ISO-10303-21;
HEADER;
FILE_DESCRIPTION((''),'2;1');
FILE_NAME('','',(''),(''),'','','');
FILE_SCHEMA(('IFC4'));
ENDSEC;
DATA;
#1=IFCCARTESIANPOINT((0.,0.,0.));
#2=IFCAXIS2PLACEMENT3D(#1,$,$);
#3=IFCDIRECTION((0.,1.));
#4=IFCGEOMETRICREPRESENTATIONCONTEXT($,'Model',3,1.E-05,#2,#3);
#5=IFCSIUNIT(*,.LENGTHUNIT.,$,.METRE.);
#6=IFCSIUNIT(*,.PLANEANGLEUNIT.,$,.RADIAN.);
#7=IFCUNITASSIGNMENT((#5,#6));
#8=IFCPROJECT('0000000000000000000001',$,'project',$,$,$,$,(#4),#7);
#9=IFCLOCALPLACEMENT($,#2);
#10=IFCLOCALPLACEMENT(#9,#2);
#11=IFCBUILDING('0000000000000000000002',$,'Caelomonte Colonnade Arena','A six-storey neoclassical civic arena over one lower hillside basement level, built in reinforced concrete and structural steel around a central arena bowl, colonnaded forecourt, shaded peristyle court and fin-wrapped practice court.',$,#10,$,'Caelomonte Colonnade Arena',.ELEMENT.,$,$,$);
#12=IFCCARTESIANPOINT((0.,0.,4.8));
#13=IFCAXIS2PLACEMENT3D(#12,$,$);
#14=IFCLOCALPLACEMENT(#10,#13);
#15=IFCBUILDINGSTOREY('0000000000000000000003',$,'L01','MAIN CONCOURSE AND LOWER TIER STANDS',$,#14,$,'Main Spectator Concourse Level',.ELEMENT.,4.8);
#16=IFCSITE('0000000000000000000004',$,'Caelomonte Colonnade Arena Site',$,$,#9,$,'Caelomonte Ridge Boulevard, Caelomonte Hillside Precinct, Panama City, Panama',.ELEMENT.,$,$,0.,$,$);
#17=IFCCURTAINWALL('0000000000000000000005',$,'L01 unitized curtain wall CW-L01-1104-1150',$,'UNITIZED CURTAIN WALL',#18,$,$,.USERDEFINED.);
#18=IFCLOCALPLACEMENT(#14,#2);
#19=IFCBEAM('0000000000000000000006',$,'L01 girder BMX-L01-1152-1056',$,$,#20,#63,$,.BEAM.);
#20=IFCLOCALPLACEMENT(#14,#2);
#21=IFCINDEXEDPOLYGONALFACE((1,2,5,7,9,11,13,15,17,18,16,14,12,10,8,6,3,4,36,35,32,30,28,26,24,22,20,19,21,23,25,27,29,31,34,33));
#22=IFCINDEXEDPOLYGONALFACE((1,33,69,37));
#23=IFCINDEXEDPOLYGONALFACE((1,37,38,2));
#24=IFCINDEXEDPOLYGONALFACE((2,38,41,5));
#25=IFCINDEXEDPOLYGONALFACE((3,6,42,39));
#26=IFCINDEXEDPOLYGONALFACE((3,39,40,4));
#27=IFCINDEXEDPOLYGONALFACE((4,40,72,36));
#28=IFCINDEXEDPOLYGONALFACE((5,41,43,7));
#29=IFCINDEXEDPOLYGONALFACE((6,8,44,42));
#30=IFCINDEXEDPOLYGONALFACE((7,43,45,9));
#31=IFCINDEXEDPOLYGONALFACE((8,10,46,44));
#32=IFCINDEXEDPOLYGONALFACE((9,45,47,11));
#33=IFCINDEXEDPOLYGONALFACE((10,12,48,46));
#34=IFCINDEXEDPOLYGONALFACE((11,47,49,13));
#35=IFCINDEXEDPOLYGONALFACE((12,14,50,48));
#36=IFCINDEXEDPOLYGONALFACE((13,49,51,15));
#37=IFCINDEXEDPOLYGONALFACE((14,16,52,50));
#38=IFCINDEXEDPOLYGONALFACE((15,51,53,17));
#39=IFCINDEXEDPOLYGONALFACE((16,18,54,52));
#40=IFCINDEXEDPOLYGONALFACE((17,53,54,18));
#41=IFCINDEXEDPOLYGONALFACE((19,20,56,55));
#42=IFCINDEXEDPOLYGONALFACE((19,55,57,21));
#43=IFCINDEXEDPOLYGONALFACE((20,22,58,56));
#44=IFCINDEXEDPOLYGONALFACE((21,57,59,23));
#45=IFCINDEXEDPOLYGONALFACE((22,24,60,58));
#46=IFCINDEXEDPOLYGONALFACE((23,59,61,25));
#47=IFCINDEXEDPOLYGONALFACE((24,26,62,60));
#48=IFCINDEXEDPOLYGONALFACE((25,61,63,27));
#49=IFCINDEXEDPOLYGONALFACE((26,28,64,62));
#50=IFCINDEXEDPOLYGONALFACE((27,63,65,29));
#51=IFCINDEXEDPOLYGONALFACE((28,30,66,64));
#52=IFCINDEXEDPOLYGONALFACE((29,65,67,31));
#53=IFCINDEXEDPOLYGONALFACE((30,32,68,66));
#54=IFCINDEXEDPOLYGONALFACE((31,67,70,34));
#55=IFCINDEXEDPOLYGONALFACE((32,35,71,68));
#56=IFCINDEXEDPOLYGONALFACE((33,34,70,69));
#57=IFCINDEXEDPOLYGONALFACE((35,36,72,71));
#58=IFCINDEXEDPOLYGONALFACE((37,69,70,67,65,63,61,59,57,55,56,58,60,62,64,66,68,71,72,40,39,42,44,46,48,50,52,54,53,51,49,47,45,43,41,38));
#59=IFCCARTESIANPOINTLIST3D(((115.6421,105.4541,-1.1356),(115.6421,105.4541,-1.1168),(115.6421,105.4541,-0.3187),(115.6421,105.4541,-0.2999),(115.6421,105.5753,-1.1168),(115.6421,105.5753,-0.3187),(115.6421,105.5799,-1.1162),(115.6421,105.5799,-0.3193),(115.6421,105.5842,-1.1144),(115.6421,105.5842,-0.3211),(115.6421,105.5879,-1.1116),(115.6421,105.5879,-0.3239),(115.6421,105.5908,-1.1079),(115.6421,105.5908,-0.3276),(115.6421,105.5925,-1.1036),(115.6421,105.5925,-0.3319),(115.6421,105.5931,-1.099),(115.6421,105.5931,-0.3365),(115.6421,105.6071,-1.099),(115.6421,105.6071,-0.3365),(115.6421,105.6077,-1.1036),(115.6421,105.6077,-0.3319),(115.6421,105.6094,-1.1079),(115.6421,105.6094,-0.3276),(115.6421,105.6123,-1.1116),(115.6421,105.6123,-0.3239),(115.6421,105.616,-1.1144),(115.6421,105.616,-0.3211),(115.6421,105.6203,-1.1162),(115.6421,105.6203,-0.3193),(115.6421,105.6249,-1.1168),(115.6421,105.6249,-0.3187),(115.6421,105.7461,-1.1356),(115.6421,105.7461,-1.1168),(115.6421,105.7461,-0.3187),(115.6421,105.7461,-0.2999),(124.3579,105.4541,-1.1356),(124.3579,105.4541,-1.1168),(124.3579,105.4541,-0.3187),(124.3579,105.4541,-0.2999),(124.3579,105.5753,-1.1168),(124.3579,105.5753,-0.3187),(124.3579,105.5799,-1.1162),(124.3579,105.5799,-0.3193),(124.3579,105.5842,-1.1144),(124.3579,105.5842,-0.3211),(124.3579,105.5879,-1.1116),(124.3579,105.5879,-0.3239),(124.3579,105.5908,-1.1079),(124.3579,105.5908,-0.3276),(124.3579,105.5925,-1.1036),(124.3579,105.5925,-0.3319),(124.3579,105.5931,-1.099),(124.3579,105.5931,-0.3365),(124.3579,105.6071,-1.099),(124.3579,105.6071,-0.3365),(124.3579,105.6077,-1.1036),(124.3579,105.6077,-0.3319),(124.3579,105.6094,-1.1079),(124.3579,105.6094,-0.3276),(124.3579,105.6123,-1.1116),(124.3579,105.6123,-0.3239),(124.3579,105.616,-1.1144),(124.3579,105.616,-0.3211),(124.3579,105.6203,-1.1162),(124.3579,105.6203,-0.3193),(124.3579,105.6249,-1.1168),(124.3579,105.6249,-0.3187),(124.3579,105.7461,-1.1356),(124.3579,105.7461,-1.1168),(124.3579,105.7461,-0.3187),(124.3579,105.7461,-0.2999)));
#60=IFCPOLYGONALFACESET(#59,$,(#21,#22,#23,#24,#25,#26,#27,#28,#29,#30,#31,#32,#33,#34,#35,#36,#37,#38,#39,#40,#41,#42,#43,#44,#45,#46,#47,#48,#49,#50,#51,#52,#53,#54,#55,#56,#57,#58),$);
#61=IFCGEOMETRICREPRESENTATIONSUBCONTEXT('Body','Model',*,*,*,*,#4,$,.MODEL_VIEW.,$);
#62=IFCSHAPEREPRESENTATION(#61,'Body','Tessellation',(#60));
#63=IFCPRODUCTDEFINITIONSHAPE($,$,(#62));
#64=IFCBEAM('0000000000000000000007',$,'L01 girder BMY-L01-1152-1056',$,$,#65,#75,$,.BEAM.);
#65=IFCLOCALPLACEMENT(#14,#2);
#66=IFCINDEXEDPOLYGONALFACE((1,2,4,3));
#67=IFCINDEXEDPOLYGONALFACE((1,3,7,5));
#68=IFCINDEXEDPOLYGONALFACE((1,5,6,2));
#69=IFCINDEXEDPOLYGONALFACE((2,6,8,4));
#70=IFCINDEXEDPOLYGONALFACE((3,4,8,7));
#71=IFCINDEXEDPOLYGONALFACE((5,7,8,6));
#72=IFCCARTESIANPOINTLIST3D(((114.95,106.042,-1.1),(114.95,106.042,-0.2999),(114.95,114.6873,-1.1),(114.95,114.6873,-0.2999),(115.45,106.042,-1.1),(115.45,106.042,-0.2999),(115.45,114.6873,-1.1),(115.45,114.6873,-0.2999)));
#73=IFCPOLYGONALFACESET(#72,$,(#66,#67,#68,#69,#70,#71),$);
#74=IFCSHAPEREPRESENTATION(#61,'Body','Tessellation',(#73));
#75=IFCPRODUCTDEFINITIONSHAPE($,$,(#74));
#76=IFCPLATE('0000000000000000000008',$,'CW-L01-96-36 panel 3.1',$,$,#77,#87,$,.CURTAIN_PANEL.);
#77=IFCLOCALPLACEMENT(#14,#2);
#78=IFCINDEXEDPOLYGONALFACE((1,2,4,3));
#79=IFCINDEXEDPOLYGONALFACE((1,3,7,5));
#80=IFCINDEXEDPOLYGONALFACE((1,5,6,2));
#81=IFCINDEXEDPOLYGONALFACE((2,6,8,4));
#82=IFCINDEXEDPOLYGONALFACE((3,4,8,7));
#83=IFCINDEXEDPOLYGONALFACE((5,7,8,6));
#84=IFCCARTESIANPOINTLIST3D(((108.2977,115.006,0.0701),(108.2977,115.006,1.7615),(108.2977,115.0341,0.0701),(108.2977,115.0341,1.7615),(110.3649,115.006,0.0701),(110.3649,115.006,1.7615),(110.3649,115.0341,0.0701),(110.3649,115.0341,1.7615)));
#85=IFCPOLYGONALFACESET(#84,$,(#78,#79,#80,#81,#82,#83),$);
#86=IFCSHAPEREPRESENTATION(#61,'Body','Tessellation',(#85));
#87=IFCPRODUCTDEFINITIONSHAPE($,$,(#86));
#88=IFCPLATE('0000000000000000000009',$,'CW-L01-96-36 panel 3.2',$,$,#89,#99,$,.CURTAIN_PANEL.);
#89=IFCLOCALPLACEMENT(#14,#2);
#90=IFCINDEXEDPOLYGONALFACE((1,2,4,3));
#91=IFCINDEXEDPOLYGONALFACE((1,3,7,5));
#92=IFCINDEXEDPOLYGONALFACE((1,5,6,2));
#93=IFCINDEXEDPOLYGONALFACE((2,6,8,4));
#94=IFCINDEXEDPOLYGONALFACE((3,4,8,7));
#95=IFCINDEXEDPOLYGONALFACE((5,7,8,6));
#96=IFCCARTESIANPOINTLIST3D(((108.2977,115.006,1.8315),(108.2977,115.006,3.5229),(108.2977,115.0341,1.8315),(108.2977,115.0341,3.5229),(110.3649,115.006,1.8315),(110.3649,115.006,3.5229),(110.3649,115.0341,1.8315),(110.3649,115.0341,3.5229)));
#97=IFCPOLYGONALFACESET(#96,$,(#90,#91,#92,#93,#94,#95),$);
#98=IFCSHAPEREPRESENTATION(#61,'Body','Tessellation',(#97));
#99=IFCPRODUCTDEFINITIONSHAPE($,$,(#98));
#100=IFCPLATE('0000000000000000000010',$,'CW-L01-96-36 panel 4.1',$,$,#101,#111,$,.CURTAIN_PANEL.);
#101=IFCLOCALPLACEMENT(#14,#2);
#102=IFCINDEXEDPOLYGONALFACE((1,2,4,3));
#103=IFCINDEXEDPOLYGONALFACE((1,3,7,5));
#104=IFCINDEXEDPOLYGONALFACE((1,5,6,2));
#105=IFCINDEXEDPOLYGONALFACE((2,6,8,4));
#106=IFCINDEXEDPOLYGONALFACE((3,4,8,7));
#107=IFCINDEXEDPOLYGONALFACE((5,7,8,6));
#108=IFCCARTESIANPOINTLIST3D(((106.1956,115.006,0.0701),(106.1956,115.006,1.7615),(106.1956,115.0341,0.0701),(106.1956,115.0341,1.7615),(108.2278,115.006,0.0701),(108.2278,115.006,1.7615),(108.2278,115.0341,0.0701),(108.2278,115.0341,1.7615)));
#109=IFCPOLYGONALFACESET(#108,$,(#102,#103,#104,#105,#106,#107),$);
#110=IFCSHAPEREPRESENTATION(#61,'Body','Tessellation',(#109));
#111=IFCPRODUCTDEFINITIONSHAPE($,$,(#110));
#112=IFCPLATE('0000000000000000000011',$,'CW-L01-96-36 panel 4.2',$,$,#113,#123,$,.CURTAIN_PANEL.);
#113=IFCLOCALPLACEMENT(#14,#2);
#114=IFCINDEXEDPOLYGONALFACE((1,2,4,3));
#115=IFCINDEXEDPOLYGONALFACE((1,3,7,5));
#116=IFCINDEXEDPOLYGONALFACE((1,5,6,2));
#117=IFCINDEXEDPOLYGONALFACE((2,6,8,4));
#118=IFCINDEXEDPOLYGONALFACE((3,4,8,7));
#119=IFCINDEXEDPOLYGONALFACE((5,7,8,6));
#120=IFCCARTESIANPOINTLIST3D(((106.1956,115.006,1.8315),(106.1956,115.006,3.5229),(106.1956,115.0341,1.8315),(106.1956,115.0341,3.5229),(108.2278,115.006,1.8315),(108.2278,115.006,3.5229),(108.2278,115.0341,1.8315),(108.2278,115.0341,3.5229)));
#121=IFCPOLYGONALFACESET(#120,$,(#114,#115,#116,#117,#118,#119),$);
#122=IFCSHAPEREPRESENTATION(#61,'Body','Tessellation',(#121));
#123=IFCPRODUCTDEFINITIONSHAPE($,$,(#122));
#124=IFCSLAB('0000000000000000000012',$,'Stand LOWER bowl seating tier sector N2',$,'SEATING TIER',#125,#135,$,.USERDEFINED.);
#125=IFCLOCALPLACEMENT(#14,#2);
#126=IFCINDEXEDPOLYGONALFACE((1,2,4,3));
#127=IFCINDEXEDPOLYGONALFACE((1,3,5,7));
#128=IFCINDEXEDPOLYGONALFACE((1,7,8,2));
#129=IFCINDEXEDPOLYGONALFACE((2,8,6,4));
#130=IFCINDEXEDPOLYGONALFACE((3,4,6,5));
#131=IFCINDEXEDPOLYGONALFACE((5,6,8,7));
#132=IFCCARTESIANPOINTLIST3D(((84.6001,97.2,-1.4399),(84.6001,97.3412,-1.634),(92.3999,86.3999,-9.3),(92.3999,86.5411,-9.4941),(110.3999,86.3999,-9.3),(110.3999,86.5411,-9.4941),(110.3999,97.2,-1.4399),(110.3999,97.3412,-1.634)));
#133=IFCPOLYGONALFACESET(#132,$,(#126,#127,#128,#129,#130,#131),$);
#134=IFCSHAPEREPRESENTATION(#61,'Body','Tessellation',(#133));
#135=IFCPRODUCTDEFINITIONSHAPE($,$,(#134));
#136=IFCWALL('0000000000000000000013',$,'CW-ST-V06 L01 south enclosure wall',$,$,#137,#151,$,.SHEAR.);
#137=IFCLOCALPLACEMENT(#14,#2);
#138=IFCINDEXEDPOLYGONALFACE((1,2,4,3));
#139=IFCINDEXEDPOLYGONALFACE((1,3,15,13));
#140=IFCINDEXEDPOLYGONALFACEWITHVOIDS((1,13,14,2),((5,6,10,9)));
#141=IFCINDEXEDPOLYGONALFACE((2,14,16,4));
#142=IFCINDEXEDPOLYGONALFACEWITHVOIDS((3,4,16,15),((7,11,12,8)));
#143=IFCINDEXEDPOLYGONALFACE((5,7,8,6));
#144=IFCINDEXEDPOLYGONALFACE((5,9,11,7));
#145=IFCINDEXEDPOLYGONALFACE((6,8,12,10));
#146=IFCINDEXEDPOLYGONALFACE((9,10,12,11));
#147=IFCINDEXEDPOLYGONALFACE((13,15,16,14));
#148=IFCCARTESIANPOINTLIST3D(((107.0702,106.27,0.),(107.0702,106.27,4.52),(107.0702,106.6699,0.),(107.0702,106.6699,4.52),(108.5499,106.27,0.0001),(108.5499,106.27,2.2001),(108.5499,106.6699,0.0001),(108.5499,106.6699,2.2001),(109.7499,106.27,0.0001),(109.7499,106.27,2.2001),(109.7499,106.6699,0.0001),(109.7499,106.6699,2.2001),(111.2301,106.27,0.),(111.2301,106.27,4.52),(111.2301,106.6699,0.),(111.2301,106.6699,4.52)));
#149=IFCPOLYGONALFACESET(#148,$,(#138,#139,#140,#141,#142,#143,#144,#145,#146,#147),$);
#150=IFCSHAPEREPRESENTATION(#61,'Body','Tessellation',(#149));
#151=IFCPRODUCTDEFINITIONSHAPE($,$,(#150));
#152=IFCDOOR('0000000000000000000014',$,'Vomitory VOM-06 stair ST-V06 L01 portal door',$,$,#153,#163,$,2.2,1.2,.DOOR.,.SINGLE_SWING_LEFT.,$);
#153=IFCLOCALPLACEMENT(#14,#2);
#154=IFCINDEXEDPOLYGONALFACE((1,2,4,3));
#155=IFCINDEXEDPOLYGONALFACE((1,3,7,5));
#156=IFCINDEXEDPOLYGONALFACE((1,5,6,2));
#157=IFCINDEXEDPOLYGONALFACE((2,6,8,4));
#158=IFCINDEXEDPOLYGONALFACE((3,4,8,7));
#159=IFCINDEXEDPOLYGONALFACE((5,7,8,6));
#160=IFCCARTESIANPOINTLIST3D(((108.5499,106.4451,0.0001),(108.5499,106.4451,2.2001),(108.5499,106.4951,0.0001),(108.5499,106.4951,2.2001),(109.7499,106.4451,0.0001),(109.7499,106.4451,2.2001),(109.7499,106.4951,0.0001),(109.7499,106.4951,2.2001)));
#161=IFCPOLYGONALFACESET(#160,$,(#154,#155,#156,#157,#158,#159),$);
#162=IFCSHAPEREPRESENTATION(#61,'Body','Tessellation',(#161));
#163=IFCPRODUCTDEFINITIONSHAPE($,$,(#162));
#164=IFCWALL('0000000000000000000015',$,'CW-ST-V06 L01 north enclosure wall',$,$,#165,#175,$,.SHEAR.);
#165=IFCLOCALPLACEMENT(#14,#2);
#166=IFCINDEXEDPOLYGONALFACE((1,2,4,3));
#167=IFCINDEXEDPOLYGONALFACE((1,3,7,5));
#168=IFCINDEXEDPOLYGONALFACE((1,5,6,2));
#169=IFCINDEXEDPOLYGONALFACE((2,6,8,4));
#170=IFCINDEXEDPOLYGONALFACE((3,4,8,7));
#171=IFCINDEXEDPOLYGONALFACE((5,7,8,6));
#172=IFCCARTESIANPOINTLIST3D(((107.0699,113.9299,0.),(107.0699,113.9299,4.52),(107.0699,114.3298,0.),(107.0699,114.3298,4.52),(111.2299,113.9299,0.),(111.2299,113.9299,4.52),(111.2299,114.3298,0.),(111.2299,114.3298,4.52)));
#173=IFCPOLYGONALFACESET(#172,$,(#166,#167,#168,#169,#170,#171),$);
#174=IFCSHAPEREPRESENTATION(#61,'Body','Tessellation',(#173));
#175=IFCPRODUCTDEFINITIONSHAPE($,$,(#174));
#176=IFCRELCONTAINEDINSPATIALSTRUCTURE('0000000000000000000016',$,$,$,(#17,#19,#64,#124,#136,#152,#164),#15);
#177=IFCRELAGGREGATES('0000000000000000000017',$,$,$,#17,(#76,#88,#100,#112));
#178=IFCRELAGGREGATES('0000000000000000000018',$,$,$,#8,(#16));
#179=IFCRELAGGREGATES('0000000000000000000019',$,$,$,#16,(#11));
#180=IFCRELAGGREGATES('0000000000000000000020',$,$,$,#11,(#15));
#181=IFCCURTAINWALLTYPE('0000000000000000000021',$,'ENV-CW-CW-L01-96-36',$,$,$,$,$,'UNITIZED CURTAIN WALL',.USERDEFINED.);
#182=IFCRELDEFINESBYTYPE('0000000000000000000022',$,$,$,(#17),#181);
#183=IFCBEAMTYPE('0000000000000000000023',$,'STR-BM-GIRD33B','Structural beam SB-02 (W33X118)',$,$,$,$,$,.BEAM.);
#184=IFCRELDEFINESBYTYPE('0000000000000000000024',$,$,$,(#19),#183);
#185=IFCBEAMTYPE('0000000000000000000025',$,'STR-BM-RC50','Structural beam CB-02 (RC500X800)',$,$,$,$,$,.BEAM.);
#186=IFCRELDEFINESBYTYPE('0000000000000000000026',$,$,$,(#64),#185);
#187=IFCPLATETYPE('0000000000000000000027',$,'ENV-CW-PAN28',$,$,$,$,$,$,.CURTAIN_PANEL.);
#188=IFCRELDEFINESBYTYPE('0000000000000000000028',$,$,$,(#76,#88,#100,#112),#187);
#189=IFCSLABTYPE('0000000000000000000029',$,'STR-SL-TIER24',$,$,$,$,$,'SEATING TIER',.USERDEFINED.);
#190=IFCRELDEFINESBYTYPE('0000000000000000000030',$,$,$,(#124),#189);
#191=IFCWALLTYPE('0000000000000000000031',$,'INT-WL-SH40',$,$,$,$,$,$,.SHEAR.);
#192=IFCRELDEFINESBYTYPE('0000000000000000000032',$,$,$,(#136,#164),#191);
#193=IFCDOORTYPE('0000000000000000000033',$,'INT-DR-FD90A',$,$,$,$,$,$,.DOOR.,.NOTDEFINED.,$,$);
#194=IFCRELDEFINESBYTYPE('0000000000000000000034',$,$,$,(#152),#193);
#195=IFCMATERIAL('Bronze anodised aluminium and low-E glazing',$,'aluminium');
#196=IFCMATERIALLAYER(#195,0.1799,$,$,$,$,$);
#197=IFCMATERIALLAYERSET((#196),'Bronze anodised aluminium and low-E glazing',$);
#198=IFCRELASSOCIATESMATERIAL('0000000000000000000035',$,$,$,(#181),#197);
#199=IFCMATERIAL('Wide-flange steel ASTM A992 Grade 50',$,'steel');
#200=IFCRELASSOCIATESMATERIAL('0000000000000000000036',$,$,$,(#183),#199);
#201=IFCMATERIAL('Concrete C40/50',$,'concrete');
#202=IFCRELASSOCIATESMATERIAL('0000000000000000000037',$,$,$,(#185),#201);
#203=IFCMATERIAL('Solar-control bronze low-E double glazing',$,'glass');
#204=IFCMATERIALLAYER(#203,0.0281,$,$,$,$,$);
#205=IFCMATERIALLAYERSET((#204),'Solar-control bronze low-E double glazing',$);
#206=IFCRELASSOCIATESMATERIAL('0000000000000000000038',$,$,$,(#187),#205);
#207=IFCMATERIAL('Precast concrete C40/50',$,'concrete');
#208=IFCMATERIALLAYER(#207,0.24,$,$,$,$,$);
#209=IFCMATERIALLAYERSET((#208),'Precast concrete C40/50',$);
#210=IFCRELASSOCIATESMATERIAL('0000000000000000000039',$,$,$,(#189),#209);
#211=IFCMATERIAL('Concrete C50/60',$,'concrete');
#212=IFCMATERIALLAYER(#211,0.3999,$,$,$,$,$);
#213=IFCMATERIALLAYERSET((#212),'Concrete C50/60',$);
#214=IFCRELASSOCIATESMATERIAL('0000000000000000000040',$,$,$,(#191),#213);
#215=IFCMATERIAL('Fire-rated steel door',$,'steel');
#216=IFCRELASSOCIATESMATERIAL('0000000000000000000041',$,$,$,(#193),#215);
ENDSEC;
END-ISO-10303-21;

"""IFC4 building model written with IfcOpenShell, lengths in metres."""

from ifc_helpers import new_model, si_unit, direction, frame, frame_2d, origin, origin_2d, place, context, subcontext, project, spatial, polyline, rectangle, i_section, outline, extrude, material, layer, layer_set, material_profile, profile_set, type_object, element, fill, aggregate, save


model = new_model("IFC4")

# Units and contexts
model_context = context("Model", 3, precision=1e-05, world=origin(), true_north=direction((0.0, 1.0)))
body_context = subcontext(model_context, "Body", "Model", "MODEL_VIEW")
ifc_project = project(units=[si_unit("LENGTHUNIT", "METRE"), si_unit("PLANEANGLEUNIT", "RADIAN")], contexts=[model_context])

# Site, building, storey
site_placement = place(None, origin())
site = spatial("IfcSite", under=ifc_project, at=site_placement, Name="Caelomonte Colonnade Arena Site", LongName="Caelomonte Ridge Boulevard, Caelomonte Hillside Precinct, Panama City, Panama", CompositionType="ELEMENT", RefElevation=0.0)
building_placement = place(site_placement, origin())
building = spatial("IfcBuilding", under=site, at=building_placement, Name="Caelomonte Colonnade Arena", Description="A six-storey neoclassical civic arena over one lower hillside basement level, built in reinforced concrete and structural steel around a central arena bowl, colonnaded forecourt, shaded peristyle court and fin-wrapped practice court.", LongName="Caelomonte Colonnade Arena", CompositionType="ELEMENT")
storey_placement = place(building_placement, frame((0.0, 0.0, 4.8)))
storey = spatial("IfcBuildingStorey", under=building, at=storey_placement, Name="L01", Description="MAIN CONCOURSE AND LOWER TIER STANDS", LongName="Main Spectator Concourse Level", CompositionType="ELEMENT", Elevation=4.8)

# Shared definitions
ifc_material_1 = material(Name="Concrete C50/60", Category="concrete")

# Curtain wall
ifc_material_2 = material(Name="Bronze anodised aluminium and low-E glazing", Category="aluminium")
ifc_layer_1 = layer(ifc_material_2, 0.1799)
ifc_layer_set_1 = layer_set([ifc_layer_1], Name="Bronze anodised aluminium and low-E glazing")
curtain_wall_type = type_object("IfcCurtainWallType", Name="ENV-CW-CW-L01-96-36", ElementType="UNITIZED CURTAIN WALL", PredefinedType="USERDEFINED", material=ifc_layer_set_1)
curtain_wall_placement = place(storey_placement, origin())
curtain_wall = element("IfcCurtainWall", 1, at=curtain_wall_placement, inside=storey, type_object=curtain_wall_type, Name="L01 unitized curtain wall CW-L01-1104-1150", ObjectType="UNITIZED CURTAIN WALL", PredefinedType="USERDEFINED")

# Beams
ifc_material_3 = material(Name="Wide-flange steel ASTM A992 Grade 50", Category="steel")
ifc_material_profile_1 = material_profile(ifc_material_3, i_section(OverallWidth=0.292, OverallDepth=0.8357, WebThickness=0.0139, FlangeThickness=0.0188, FilletRadius=0.0178, at=origin_2d()), Name="W33X118")
ifc_profile_set_1 = profile_set([ifc_material_profile_1], Name="Wide-flange steel ASTM A992 Grade 50")
beam_type_1 = type_object("IfcBeamType", Name="STR-BM-GIRD33B", Description="Structural beam SB-02 (W33X118)", PredefinedType="BEAM", material=ifc_profile_set_1)
beam_1_placement = place(storey_placement, frame((115.6421, 105.6001, -0.7178), z_axis=(1.0, 0.0, 0.0), x_axis=(0.0, 1.0, 0.0)))
element("IfcBeam", 2, at=beam_1_placement, inside=storey, type_object=beam_type_1, Name="L01 girder BMX-L01-1152-1056", PredefinedType="BEAM", context=body_context, shape_type="SweptSolid", body=[
    extrude(i_section(OverallWidth=0.292, OverallDepth=0.8357, WebThickness=0.0139, FlangeThickness=0.0188, FilletRadius=0.0178, at=origin_2d()), origin(), (0.0, 0.0, 1.0), 8.7158),
])
ifc_material_4 = material(Name="Concrete C40/50", Category="concrete")
ifc_material_profile_2 = material_profile(ifc_material_4, rectangle(XDim=0.5, YDim=0.8, at=origin_2d()), Name="RC500X800")
ifc_profile_set_2 = profile_set([ifc_material_profile_2], Name="Concrete C40/50")
beam_type_2 = type_object("IfcBeamType", Name="STR-BM-RC50", Description="Structural beam CB-02 (RC500X800)", PredefinedType="BEAM", material=ifc_profile_set_2)
beam_2_placement = place(storey_placement, frame((115.2, 106.042, -0.7), z_axis=(0.0, 1.0, 0.0), x_axis=(-1.0, 0.0, 0.0)))
element("IfcBeam", 3, at=beam_2_placement, inside=storey, type_object=beam_type_2, Name="L01 girder BMY-L01-1152-1056", PredefinedType="BEAM", context=body_context, shape_type="SweptSolid", body=[
    extrude(rectangle(XDim=0.5, YDim=0.8, at=origin_2d()), origin(), (0.0, 0.0, 1.0), 8.6453),
])

# Plates
ifc_material_5 = material(Name="Solar-control bronze low-E double glazing", Category="glass")
ifc_layer_2 = layer(ifc_material_5, 0.0281)
ifc_layer_set_2 = layer_set([ifc_layer_2], Name="Solar-control bronze low-E double glazing")
plate_type = type_object("IfcPlateType", Name="ENV-CW-PAN28", PredefinedType="CURTAIN_PANEL", material=ifc_layer_set_2)
plate_1_placement = place(storey_placement, frame((109.3313, 115.02, 0.0701), z_axis=(0.0, 0.0, 1.0), x_axis=(-1.0, 0.0, 0.0)))
plate_1 = element("IfcPlate", 4, at=plate_1_placement, type_object=plate_type, Name="CW-L01-96-36 panel 3.1", PredefinedType="CURTAIN_PANEL", context=body_context, shape_type="SweptSolid", body=[
    extrude(rectangle(XDim=2.0671, YDim=0.0281, at=origin_2d()), origin(), (0.0, 0.0, 1.0), 1.6914),
])
plate_2_placement = place(storey_placement, frame((109.3313, 115.02, 1.8315), z_axis=(0.0, 0.0, 1.0), x_axis=(-1.0, 0.0, 0.0)))
plate_2 = element("IfcPlate", 5, at=plate_2_placement, type_object=plate_type, Name="CW-L01-96-36 panel 3.2", PredefinedType="CURTAIN_PANEL", context=body_context, shape_type="SweptSolid", body=[
    extrude(rectangle(XDim=2.0671, YDim=0.0281, at=origin_2d()), origin(), (0.0, 0.0, 1.0), 1.6914),
])
plate_3_placement = place(storey_placement, frame((107.2117, 115.02, 0.0701), z_axis=(0.0, 0.0, 1.0), x_axis=(-1.0, 0.0, 0.0)))
plate_3 = element("IfcPlate", 6, at=plate_3_placement, type_object=plate_type, Name="CW-L01-96-36 panel 4.1", PredefinedType="CURTAIN_PANEL", context=body_context, shape_type="SweptSolid", body=[
    extrude(rectangle(XDim=2.0322, YDim=0.0281, at=origin_2d()), origin(), (0.0, 0.0, 1.0), 1.6914),
])
plate_4_placement = place(storey_placement, frame((107.2117, 115.02, 1.8315), z_axis=(0.0, 0.0, 1.0), x_axis=(-1.0, 0.0, 0.0)))
plate_4 = element("IfcPlate", 7, at=plate_4_placement, type_object=plate_type, Name="CW-L01-96-36 panel 4.2", PredefinedType="CURTAIN_PANEL", context=body_context, shape_type="SweptSolid", body=[
    extrude(rectangle(XDim=2.0322, YDim=0.0281, at=origin_2d()), origin(), (0.0, 0.0, 1.0), 1.6914),
])
aggregate(curtain_wall, [plate_1, plate_2, plate_3, plate_4])

# Slab
ifc_material_6 = material(Name="Precast concrete C40/50", Category="concrete")
ifc_layer_3 = layer(ifc_material_6, 0.24)
ifc_layer_set_3 = layer_set([ifc_layer_3], Name="Precast concrete C40/50")
slab_type = type_object("IfcSlabType", Name="STR-SL-TIER24", ElementType="SEATING TIER", PredefinedType="USERDEFINED", material=ifc_layer_set_3)
slab_placement = place(storey_placement, frame((110.3999, 86.3999, -9.3), z_axis=(0.0, -0.588442, 0.808539), x_axis=(-1.0, 0.0, 0.0)))
element("IfcSlab", 8, at=slab_placement, inside=storey, type_object=slab_type, Name="Stand LOWER bowl seating tier sector N2", ObjectType="SEATING TIER", PredefinedType="USERDEFINED", context=body_context, shape_type="SweptSolid", body=[
    extrude(outline(polyline([(0.0, 0.0), (18.0, 0.0), (25.7998, -13.3575), (0.0, -13.3575), (0.0, 0.0)])), origin(), (0.0, 0.0, -1.0), 0.24),
])

# Wall, opening, door
ifc_layer_4 = layer(ifc_material_1, 0.3999)
ifc_layer_set_4 = layer_set([ifc_layer_4], Name="Concrete C50/60")
wall_type = type_object("IfcWallType", Name="INT-WL-SH40", PredefinedType="SHEAR", material=ifc_layer_set_4)
wall_1_placement = place(storey_placement, frame((107.0701, 106.47, 0.0), z_axis=(0.0, 0.0, 1.0), x_axis=(1.0, 0.0, 0.0)))
wall_1 = element("IfcWall", 9, at=wall_1_placement, inside=storey, type_object=wall_type, Name="CW-ST-V06 L01 south enclosure wall", PredefinedType="SHEAR", context=body_context, shape_type="SweptSolid", body=[
    extrude(rectangle(XDim=4.1599, YDim=0.3999, at=frame_2d((2.0801, 0.0))), origin(), (0.0, 0.0, 1.0), 4.52),
])
opening_placement = place(wall_1_placement, frame((2.6799, 0.0, 0.0), z_axis=(0.0, 0.0, 1.0), x_axis=(-1.0, 0.0, 0.0)))
opening = element("IfcOpeningElement", 10, at=opening_placement, cuts=wall_1, PredefinedType="OPENING", context=body_context, shape_type="SweptSolid", body=[
    extrude(rectangle(XDim=1.2, YDim=2.2, at=frame_2d((0.6001, 1.1001))), frame((0.0, 0.21, 0.0), z_axis=(0.0, -1.0, 0.0), x_axis=(1.0, 0.0, 0.0)), (0.0, 0.0, 1.0), 0.4199),
])
ifc_material_7 = material(Name="Fire-rated steel door", Category="steel")
door_type = type_object("IfcDoorType", Name="INT-DR-FD90A", OperationType="NOTDEFINED", PredefinedType="DOOR", material=ifc_material_7)
door_placement = place(opening_placement, origin())
door = element("IfcDoor", 11, at=door_placement, inside=storey, type_object=door_type, Name="Vomitory VOM-06 stair ST-V06 L01 portal door", OperationType="SINGLE_SWING_LEFT", OverallHeight=2.2, OverallWidth=1.2, PredefinedType="DOOR", context=body_context, shape_type="SweptSolid", body=[
    extrude(rectangle(XDim=1.2, YDim=2.2, at=frame_2d((0.6001, 1.1001))), frame((0.0, 0.0249, 0.0), z_axis=(0.0, -1.0, 0.0), x_axis=(1.0, 0.0, 0.0)), (0.0, 0.0, 1.0), 0.05),
])
fill(opening, door)

# Wall
wall_2_placement = place(storey_placement, frame((111.23, 114.1299, 0.0), z_axis=(0.0, 0.0, 1.0), x_axis=(-1.0, 0.0, 0.0)))
element("IfcWall", 12, at=wall_2_placement, inside=storey, type_object=wall_type, Name="CW-ST-V06 L01 north enclosure wall", PredefinedType="SHEAR", context=body_context, shape_type="SweptSolid", body=[
    extrude(rectangle(XDim=4.1599, YDim=0.3999, at=frame_2d((2.0801, 0.0))), origin(), (0.0, 0.0, 1.0), 4.52),
])

save(model, "model.ifc")
